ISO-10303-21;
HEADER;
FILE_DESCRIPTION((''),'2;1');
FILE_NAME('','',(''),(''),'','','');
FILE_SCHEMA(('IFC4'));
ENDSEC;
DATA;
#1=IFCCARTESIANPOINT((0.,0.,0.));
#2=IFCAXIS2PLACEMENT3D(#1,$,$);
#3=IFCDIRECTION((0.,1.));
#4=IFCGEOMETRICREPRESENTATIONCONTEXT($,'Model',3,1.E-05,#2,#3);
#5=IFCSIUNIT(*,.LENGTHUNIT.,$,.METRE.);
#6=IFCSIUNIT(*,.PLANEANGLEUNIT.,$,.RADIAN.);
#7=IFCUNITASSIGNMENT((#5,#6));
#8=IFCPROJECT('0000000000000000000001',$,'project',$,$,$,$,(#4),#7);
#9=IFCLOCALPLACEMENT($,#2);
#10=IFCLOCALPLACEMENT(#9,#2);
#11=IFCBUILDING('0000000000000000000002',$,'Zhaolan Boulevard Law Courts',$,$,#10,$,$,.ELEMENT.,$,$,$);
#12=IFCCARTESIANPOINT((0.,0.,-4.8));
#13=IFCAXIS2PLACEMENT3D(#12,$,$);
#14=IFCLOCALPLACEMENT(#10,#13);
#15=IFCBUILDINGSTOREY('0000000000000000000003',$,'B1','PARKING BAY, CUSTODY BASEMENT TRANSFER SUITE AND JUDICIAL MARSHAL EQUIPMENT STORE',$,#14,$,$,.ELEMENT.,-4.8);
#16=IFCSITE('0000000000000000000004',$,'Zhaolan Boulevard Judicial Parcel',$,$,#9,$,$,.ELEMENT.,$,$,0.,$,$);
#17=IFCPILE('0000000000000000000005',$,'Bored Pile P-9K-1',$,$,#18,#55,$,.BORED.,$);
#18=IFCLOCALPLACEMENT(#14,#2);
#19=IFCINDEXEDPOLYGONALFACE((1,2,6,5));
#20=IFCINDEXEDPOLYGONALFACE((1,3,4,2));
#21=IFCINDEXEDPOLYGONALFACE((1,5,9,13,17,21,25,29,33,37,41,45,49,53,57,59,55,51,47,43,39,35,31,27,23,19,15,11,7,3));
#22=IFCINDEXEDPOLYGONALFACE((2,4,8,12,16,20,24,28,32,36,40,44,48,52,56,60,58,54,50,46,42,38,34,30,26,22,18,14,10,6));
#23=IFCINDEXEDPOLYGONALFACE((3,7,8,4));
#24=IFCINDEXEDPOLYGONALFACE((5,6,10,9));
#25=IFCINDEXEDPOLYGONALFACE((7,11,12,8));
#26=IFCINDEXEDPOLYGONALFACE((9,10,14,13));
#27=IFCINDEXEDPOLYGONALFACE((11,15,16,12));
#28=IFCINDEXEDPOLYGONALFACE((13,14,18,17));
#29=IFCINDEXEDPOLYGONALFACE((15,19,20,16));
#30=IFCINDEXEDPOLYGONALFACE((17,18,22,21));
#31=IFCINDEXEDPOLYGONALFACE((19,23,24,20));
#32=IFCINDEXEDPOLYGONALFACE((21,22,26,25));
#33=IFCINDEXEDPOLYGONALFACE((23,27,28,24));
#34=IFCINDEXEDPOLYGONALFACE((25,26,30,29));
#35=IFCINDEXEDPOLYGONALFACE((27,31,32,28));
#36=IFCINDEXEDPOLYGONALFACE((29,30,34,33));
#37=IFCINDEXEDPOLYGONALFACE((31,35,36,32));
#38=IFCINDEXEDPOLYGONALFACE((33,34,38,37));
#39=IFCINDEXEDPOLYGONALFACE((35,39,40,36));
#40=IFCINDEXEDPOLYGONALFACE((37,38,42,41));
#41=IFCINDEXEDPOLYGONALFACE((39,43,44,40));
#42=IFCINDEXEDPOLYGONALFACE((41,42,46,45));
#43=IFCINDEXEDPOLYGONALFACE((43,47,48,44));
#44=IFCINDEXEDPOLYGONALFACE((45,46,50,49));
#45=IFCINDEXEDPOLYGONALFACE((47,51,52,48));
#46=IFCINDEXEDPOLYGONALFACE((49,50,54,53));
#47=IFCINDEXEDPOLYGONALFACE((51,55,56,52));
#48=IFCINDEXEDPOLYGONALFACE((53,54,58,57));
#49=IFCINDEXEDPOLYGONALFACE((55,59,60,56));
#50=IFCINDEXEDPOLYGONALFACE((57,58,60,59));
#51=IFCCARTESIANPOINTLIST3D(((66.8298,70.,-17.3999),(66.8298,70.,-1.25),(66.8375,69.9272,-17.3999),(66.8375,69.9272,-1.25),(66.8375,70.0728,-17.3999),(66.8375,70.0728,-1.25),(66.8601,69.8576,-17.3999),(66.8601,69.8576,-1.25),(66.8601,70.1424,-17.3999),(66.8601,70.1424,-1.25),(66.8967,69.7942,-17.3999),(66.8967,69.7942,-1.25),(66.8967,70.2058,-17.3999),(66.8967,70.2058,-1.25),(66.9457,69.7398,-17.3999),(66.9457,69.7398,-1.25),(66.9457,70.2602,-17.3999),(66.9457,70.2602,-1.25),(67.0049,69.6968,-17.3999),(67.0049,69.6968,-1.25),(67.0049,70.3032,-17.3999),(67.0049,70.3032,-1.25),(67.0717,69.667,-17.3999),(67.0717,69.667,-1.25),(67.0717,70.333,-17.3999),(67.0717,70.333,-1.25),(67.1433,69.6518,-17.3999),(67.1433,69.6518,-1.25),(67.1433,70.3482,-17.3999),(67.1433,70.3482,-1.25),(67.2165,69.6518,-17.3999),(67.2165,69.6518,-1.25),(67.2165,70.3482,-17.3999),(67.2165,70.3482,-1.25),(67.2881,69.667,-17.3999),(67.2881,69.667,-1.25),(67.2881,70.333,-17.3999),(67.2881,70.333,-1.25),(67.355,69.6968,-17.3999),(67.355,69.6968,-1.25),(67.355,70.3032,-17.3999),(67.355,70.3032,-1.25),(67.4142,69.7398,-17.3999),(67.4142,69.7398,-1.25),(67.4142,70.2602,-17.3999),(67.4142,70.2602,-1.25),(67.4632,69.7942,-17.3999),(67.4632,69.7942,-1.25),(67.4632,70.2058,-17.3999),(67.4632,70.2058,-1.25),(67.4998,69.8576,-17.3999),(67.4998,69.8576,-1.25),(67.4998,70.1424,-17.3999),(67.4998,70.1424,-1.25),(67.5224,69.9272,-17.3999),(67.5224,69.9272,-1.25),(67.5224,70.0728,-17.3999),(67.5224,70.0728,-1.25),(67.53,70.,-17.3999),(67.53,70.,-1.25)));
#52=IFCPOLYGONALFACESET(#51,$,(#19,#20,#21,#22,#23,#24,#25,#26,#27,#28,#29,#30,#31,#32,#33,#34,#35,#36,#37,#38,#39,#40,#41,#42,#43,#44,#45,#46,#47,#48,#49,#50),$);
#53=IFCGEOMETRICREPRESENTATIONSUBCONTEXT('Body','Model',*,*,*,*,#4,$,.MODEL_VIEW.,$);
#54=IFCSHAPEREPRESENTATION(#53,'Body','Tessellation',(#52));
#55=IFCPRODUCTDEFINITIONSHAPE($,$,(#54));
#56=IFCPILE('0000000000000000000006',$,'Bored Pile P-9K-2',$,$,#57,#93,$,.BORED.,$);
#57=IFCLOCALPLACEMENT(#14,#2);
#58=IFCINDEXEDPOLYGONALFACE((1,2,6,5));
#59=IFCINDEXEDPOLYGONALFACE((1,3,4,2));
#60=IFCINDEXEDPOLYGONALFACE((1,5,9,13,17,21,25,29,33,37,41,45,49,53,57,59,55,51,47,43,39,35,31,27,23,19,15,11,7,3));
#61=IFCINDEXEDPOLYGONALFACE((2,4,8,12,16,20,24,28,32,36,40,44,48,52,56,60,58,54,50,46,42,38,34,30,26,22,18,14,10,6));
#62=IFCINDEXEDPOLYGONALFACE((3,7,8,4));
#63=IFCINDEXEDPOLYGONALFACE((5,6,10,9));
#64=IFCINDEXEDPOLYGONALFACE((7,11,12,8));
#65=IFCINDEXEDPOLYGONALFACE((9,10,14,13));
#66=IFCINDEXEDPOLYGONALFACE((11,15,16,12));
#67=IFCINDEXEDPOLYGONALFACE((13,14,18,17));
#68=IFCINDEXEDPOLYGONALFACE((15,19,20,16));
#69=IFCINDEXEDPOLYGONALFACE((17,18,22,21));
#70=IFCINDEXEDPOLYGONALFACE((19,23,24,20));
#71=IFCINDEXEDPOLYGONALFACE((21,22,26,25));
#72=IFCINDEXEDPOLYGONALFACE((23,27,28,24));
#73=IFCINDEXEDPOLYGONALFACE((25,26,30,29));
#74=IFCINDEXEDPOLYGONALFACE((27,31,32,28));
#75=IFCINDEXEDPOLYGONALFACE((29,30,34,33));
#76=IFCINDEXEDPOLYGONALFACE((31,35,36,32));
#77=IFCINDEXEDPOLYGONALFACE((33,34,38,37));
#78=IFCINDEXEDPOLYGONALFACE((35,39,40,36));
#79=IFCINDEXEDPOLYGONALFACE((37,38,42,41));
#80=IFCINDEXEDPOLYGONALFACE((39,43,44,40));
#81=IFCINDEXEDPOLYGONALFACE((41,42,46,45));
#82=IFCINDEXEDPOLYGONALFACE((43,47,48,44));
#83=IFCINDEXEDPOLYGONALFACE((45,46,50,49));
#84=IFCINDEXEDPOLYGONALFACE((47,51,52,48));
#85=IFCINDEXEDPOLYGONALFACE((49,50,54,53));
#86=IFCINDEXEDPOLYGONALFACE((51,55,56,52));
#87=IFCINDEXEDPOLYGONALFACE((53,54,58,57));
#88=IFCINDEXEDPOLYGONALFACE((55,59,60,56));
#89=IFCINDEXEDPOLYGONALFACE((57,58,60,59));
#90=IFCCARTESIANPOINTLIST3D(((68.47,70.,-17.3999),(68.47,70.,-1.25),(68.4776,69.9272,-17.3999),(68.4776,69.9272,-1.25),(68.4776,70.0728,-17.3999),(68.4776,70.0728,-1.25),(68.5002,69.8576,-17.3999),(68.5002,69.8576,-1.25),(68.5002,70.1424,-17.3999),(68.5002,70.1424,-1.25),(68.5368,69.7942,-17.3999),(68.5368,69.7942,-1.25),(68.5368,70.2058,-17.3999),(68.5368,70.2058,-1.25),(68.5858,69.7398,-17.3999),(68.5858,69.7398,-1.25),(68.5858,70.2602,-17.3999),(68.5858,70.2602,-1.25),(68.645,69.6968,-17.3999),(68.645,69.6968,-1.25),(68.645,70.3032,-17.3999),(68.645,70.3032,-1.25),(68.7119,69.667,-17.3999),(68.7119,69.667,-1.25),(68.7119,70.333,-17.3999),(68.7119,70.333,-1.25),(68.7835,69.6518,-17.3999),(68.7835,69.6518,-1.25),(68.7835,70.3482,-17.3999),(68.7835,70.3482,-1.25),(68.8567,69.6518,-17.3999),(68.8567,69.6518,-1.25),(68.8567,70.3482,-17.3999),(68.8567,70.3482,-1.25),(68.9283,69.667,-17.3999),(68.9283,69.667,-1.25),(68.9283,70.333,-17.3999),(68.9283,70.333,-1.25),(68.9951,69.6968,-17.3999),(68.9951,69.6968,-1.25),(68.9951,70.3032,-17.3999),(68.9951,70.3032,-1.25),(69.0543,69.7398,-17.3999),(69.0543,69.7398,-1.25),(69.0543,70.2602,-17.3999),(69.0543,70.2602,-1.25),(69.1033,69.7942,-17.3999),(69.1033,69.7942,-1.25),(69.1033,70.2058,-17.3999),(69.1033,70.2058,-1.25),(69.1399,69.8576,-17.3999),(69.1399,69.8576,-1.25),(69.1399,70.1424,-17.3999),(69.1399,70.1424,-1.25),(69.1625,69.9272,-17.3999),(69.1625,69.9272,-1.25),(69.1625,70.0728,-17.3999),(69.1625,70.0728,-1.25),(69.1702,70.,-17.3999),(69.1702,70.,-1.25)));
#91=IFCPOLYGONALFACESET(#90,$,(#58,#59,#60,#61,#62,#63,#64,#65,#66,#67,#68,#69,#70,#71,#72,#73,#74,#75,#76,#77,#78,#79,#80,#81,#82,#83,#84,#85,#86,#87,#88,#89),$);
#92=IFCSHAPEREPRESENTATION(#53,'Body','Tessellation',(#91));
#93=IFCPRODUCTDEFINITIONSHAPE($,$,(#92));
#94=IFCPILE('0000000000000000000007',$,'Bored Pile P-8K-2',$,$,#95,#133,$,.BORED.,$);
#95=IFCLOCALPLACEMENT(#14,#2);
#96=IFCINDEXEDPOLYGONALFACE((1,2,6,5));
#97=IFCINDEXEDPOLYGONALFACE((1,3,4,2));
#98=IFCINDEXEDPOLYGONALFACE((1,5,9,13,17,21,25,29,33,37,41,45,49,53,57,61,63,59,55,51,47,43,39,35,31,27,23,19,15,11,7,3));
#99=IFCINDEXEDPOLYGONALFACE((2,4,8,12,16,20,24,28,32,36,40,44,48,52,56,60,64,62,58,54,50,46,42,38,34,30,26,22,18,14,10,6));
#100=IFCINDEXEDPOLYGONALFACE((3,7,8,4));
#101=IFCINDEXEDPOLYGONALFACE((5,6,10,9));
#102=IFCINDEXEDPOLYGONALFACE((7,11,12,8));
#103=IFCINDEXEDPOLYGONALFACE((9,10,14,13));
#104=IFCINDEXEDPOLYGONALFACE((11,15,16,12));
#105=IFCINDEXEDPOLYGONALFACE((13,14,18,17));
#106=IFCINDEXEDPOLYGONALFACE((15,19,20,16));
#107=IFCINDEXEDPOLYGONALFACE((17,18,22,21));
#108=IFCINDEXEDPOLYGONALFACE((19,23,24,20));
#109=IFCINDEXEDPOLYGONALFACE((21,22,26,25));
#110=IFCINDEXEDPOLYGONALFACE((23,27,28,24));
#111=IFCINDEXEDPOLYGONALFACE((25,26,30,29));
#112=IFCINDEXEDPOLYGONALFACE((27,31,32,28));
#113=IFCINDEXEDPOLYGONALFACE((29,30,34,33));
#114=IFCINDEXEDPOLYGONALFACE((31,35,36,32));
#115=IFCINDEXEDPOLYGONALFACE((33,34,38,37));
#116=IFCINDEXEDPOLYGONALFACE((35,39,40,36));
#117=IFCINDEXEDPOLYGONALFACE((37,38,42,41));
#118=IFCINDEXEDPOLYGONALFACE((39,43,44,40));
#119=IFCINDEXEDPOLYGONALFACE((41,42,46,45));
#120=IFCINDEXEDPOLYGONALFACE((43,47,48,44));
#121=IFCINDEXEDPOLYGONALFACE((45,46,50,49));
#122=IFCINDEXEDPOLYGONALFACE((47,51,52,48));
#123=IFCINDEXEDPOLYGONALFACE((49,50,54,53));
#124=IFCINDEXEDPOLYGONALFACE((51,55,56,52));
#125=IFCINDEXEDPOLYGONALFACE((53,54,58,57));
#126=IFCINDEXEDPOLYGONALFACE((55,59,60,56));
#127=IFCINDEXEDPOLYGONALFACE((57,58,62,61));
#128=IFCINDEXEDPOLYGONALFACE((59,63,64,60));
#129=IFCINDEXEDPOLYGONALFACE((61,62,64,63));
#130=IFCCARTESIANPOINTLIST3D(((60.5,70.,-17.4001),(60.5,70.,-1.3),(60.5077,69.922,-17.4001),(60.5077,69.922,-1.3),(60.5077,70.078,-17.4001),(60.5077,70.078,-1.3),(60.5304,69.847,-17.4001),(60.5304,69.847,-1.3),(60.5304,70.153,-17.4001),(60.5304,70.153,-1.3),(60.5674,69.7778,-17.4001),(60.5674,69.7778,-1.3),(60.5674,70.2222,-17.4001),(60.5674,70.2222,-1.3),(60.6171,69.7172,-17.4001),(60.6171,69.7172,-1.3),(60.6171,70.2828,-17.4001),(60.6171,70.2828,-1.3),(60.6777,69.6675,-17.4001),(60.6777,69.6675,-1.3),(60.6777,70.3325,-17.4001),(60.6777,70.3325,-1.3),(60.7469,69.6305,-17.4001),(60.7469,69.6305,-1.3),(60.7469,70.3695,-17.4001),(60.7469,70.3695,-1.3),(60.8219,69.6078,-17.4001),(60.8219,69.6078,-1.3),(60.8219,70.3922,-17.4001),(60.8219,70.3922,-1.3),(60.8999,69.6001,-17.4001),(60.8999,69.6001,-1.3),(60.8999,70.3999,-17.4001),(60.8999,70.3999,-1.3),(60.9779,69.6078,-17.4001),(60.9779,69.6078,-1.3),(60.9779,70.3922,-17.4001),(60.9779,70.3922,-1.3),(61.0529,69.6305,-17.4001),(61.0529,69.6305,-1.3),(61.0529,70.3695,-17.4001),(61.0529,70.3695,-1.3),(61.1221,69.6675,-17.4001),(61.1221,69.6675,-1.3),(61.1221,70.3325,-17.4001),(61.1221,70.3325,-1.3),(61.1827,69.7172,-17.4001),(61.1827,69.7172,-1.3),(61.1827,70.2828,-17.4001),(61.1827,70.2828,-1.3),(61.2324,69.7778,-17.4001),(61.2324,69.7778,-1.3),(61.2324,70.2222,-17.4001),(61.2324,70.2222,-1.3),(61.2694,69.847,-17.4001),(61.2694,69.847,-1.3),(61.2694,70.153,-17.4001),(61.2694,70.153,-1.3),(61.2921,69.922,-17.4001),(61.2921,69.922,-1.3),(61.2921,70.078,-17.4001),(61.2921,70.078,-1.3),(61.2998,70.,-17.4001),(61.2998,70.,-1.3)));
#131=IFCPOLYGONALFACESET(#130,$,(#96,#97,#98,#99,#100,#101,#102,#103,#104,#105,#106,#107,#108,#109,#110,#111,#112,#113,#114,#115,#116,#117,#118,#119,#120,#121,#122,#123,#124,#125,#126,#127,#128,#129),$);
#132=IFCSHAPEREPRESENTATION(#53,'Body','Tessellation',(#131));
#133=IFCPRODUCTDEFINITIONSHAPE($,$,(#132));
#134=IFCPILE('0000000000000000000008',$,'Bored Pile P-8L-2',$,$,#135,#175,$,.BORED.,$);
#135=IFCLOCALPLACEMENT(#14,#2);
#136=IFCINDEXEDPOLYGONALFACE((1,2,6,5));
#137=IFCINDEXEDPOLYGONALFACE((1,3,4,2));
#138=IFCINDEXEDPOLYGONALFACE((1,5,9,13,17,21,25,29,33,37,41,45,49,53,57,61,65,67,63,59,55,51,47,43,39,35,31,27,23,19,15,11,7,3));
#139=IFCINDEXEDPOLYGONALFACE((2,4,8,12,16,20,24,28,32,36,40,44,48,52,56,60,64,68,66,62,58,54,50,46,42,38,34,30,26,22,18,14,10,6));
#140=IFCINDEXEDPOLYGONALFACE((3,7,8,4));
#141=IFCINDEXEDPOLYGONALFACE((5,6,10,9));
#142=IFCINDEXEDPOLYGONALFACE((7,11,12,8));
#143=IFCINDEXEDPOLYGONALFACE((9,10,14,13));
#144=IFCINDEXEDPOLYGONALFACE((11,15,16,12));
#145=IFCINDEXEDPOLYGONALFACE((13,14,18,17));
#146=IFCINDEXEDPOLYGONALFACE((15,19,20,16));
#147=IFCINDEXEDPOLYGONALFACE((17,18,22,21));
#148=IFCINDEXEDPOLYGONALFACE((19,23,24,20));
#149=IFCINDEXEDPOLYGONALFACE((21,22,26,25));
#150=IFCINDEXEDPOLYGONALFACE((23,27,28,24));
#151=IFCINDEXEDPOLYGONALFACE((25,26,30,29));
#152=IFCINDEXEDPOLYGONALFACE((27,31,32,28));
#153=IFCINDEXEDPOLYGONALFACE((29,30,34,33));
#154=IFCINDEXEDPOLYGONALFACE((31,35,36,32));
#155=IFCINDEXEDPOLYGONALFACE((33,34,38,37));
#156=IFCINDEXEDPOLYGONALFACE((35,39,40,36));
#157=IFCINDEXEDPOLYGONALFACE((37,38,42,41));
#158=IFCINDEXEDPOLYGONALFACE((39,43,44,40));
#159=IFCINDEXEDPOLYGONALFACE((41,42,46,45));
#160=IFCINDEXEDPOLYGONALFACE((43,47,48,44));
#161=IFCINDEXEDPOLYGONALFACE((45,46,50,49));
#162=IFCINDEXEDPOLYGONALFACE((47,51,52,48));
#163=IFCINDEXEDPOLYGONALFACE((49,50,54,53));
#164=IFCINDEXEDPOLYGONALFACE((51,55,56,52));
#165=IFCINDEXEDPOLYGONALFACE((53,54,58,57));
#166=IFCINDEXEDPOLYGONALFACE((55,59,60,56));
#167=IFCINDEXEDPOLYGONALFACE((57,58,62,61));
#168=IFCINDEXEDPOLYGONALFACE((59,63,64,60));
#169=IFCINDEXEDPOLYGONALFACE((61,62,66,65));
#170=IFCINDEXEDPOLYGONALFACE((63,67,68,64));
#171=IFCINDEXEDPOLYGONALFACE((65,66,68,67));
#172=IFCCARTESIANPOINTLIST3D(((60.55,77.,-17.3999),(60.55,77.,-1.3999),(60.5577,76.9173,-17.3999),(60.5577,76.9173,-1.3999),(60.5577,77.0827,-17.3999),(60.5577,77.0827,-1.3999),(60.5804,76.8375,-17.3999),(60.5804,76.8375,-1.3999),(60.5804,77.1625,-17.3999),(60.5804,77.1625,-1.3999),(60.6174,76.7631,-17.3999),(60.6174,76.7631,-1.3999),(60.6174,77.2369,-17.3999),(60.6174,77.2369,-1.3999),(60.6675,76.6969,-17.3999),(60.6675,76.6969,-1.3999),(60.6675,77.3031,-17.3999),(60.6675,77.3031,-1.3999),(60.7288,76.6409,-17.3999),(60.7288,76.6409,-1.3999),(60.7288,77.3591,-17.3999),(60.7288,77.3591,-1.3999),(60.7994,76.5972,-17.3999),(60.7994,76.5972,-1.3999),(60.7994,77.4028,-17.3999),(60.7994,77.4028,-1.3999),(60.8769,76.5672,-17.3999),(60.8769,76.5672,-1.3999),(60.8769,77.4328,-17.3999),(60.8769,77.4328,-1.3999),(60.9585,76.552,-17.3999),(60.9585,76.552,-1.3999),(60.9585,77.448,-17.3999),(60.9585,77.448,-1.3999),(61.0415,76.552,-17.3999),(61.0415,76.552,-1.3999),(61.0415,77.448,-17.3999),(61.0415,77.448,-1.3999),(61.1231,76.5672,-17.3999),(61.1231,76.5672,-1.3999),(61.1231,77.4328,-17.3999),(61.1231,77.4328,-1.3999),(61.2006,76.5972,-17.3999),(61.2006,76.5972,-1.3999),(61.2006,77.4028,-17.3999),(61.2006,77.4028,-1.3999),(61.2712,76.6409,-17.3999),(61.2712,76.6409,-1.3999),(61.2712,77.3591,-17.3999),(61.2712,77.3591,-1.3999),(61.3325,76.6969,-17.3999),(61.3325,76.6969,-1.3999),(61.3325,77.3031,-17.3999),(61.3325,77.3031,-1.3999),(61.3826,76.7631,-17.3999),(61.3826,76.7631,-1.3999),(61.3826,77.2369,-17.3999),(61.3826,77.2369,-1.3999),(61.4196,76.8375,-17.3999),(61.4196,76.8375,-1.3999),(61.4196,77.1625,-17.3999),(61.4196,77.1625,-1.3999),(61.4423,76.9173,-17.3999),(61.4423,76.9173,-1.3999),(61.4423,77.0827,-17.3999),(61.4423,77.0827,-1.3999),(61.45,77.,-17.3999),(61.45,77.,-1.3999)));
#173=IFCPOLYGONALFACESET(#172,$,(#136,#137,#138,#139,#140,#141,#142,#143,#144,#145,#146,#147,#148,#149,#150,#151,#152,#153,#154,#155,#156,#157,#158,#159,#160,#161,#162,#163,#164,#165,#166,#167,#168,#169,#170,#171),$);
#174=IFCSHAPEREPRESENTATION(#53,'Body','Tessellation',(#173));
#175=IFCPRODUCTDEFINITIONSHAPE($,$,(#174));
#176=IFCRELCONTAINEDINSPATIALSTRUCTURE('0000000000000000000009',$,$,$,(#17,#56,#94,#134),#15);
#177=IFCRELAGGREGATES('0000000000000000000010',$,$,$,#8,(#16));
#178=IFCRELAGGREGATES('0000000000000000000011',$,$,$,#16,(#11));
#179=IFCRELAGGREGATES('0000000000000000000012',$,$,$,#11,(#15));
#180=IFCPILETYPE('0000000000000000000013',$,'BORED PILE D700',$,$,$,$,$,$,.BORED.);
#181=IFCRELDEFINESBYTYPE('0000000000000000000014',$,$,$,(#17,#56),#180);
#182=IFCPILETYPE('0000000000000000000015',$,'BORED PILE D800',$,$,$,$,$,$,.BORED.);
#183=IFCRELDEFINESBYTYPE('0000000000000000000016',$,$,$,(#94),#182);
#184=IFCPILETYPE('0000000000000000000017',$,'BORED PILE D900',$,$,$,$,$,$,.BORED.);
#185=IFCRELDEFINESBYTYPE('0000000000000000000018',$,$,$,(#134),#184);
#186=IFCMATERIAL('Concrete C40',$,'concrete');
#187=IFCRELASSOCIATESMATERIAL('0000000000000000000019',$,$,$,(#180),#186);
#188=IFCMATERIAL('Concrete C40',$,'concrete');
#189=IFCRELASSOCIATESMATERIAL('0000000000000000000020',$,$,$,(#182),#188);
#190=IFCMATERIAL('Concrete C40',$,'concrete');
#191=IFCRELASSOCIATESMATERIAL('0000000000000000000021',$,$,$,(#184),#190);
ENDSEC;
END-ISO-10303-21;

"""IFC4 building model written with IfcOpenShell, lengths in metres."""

from ifc_helpers import new_model, si_unit, direction, frame, origin, origin_2d, place, context, subcontext, project, spatial, circle, extrude, material, material_profile, profile_set, type_object, element, save


model = new_model("IFC4")

# Units and contexts
model_context = context("Model", 3, precision=1e-05, world=origin(), true_north=direction((0.0, 1.0)))
body_context = subcontext(model_context, "Body", "Model", "MODEL_VIEW")
ifc_project = project(units=[si_unit("LENGTHUNIT", "METRE"), si_unit("PLANEANGLEUNIT", "RADIAN")], contexts=[model_context])

# Site, building, storey
site_placement = place(None, origin())
site = spatial("IfcSite", under=ifc_project, at=site_placement, Name="Zhaolan Boulevard Judicial Parcel", CompositionType="ELEMENT", RefElevation=0.0)
building_placement = place(site_placement, origin())
building = spatial("IfcBuilding", under=site, at=building_placement, Name="Zhaolan Boulevard Law Courts", CompositionType="ELEMENT")
storey_placement = place(building_placement, frame((0.0, 0.0, -4.8)))
storey = spatial("IfcBuildingStorey", under=building, at=storey_placement, Name="B1", Description="PARKING BAY, CUSTODY BASEMENT TRANSFER SUITE AND JUDICIAL MARSHAL EQUIPMENT STORE", CompositionType="ELEMENT", Elevation=-4.8)

# Piles
ifc_material_1 = material(Name="Concrete C40", Category="concrete")
ifc_material_profile_1 = material_profile(ifc_material_1, circle(Radius=0.3501, at=origin_2d()), Name="PILE-D700")
ifc_profile_set_1 = profile_set([ifc_material_profile_1], Name="Concrete C40")
pile_type_1 = type_object("IfcPileType", Name="BORED PILE D700", PredefinedType="BORED", material=ifc_profile_set_1)
for number, where, z_axis, x_axis, name in (
    (1, (67.1799, 70.0, -1.25), (0.0, 0.0, -1.0), (1.0, 0.0, 0.0), "Bored Pile P-9K-1"),
    (2, (68.8201, 70.0, -1.25), (0.0, 0.0, -1.0), (1.0, 0.0, 0.0), "Bored Pile P-9K-2"),
):
    element("IfcPile", number, at=place(storey_placement, frame(where, z_axis=z_axis, x_axis=x_axis)), inside=storey, type_object=pile_type_1, Name=name, PredefinedType="BORED", context=body_context, shape_type="SweptSolid", body=[
        extrude(circle(Radius=0.3501, at=origin_2d()), origin(), (0.0, 0.0, 1.0), 16.1499),
    ])
ifc_material_2 = material(Name="Concrete C40", Category="concrete")
ifc_material_profile_2 = material_profile(ifc_material_2, circle(Radius=0.3999, at=origin_2d()), Name="PILE-D800")
ifc_profile_set_2 = profile_set([ifc_material_profile_2], Name="Concrete C40")
pile_type_2 = type_object("IfcPileType", Name="BORED PILE D800", PredefinedType="BORED", material=ifc_profile_set_2)
pile_placement = place(storey_placement, frame((60.8999, 70.0, -1.3), z_axis=(0.0, 0.0, -1.0), x_axis=(1.0, 0.0, 0.0)))
element("IfcPile", 3, at=pile_placement, inside=storey, type_object=pile_type_2, Name="Bored Pile P-8K-2", PredefinedType="BORED", context=body_context, shape_type="SweptSolid", body=[
    extrude(circle(Radius=0.3999, at=origin_2d()), origin(), (0.0, 0.0, 1.0), 16.1001),
])
ifc_material_3 = material(Name="Concrete C40", Category="concrete")
ifc_material_profile_3 = material_profile(ifc_material_3, circle(Radius=0.45, at=origin_2d()), Name="PILE-D900")
ifc_profile_set_3 = profile_set([ifc_material_profile_3], Name="Concrete C40")
pile_type_3 = type_object("IfcPileType", Name="BORED PILE D900", PredefinedType="BORED", material=ifc_profile_set_3)
for number, where, z_axis, x_axis, name in (
    (4, (61.0, 77.0, -1.3999), (0.0, 0.0, -1.0), (1.0, 0.0, 0.0), "Bored Pile P-8L-2"),
):
    element("IfcPile", number, at=place(storey_placement, frame(where, z_axis=z_axis, x_axis=x_axis)), inside=storey, type_object=pile_type_3, Name=name, PredefinedType="BORED", context=body_context, shape_type="SweptSolid", body=[
        extrude(circle(Radius=0.45, at=origin_2d()), origin(), (0.0, 0.0, 1.0), 16.0),
    ])

save(model, "model.ifc")
